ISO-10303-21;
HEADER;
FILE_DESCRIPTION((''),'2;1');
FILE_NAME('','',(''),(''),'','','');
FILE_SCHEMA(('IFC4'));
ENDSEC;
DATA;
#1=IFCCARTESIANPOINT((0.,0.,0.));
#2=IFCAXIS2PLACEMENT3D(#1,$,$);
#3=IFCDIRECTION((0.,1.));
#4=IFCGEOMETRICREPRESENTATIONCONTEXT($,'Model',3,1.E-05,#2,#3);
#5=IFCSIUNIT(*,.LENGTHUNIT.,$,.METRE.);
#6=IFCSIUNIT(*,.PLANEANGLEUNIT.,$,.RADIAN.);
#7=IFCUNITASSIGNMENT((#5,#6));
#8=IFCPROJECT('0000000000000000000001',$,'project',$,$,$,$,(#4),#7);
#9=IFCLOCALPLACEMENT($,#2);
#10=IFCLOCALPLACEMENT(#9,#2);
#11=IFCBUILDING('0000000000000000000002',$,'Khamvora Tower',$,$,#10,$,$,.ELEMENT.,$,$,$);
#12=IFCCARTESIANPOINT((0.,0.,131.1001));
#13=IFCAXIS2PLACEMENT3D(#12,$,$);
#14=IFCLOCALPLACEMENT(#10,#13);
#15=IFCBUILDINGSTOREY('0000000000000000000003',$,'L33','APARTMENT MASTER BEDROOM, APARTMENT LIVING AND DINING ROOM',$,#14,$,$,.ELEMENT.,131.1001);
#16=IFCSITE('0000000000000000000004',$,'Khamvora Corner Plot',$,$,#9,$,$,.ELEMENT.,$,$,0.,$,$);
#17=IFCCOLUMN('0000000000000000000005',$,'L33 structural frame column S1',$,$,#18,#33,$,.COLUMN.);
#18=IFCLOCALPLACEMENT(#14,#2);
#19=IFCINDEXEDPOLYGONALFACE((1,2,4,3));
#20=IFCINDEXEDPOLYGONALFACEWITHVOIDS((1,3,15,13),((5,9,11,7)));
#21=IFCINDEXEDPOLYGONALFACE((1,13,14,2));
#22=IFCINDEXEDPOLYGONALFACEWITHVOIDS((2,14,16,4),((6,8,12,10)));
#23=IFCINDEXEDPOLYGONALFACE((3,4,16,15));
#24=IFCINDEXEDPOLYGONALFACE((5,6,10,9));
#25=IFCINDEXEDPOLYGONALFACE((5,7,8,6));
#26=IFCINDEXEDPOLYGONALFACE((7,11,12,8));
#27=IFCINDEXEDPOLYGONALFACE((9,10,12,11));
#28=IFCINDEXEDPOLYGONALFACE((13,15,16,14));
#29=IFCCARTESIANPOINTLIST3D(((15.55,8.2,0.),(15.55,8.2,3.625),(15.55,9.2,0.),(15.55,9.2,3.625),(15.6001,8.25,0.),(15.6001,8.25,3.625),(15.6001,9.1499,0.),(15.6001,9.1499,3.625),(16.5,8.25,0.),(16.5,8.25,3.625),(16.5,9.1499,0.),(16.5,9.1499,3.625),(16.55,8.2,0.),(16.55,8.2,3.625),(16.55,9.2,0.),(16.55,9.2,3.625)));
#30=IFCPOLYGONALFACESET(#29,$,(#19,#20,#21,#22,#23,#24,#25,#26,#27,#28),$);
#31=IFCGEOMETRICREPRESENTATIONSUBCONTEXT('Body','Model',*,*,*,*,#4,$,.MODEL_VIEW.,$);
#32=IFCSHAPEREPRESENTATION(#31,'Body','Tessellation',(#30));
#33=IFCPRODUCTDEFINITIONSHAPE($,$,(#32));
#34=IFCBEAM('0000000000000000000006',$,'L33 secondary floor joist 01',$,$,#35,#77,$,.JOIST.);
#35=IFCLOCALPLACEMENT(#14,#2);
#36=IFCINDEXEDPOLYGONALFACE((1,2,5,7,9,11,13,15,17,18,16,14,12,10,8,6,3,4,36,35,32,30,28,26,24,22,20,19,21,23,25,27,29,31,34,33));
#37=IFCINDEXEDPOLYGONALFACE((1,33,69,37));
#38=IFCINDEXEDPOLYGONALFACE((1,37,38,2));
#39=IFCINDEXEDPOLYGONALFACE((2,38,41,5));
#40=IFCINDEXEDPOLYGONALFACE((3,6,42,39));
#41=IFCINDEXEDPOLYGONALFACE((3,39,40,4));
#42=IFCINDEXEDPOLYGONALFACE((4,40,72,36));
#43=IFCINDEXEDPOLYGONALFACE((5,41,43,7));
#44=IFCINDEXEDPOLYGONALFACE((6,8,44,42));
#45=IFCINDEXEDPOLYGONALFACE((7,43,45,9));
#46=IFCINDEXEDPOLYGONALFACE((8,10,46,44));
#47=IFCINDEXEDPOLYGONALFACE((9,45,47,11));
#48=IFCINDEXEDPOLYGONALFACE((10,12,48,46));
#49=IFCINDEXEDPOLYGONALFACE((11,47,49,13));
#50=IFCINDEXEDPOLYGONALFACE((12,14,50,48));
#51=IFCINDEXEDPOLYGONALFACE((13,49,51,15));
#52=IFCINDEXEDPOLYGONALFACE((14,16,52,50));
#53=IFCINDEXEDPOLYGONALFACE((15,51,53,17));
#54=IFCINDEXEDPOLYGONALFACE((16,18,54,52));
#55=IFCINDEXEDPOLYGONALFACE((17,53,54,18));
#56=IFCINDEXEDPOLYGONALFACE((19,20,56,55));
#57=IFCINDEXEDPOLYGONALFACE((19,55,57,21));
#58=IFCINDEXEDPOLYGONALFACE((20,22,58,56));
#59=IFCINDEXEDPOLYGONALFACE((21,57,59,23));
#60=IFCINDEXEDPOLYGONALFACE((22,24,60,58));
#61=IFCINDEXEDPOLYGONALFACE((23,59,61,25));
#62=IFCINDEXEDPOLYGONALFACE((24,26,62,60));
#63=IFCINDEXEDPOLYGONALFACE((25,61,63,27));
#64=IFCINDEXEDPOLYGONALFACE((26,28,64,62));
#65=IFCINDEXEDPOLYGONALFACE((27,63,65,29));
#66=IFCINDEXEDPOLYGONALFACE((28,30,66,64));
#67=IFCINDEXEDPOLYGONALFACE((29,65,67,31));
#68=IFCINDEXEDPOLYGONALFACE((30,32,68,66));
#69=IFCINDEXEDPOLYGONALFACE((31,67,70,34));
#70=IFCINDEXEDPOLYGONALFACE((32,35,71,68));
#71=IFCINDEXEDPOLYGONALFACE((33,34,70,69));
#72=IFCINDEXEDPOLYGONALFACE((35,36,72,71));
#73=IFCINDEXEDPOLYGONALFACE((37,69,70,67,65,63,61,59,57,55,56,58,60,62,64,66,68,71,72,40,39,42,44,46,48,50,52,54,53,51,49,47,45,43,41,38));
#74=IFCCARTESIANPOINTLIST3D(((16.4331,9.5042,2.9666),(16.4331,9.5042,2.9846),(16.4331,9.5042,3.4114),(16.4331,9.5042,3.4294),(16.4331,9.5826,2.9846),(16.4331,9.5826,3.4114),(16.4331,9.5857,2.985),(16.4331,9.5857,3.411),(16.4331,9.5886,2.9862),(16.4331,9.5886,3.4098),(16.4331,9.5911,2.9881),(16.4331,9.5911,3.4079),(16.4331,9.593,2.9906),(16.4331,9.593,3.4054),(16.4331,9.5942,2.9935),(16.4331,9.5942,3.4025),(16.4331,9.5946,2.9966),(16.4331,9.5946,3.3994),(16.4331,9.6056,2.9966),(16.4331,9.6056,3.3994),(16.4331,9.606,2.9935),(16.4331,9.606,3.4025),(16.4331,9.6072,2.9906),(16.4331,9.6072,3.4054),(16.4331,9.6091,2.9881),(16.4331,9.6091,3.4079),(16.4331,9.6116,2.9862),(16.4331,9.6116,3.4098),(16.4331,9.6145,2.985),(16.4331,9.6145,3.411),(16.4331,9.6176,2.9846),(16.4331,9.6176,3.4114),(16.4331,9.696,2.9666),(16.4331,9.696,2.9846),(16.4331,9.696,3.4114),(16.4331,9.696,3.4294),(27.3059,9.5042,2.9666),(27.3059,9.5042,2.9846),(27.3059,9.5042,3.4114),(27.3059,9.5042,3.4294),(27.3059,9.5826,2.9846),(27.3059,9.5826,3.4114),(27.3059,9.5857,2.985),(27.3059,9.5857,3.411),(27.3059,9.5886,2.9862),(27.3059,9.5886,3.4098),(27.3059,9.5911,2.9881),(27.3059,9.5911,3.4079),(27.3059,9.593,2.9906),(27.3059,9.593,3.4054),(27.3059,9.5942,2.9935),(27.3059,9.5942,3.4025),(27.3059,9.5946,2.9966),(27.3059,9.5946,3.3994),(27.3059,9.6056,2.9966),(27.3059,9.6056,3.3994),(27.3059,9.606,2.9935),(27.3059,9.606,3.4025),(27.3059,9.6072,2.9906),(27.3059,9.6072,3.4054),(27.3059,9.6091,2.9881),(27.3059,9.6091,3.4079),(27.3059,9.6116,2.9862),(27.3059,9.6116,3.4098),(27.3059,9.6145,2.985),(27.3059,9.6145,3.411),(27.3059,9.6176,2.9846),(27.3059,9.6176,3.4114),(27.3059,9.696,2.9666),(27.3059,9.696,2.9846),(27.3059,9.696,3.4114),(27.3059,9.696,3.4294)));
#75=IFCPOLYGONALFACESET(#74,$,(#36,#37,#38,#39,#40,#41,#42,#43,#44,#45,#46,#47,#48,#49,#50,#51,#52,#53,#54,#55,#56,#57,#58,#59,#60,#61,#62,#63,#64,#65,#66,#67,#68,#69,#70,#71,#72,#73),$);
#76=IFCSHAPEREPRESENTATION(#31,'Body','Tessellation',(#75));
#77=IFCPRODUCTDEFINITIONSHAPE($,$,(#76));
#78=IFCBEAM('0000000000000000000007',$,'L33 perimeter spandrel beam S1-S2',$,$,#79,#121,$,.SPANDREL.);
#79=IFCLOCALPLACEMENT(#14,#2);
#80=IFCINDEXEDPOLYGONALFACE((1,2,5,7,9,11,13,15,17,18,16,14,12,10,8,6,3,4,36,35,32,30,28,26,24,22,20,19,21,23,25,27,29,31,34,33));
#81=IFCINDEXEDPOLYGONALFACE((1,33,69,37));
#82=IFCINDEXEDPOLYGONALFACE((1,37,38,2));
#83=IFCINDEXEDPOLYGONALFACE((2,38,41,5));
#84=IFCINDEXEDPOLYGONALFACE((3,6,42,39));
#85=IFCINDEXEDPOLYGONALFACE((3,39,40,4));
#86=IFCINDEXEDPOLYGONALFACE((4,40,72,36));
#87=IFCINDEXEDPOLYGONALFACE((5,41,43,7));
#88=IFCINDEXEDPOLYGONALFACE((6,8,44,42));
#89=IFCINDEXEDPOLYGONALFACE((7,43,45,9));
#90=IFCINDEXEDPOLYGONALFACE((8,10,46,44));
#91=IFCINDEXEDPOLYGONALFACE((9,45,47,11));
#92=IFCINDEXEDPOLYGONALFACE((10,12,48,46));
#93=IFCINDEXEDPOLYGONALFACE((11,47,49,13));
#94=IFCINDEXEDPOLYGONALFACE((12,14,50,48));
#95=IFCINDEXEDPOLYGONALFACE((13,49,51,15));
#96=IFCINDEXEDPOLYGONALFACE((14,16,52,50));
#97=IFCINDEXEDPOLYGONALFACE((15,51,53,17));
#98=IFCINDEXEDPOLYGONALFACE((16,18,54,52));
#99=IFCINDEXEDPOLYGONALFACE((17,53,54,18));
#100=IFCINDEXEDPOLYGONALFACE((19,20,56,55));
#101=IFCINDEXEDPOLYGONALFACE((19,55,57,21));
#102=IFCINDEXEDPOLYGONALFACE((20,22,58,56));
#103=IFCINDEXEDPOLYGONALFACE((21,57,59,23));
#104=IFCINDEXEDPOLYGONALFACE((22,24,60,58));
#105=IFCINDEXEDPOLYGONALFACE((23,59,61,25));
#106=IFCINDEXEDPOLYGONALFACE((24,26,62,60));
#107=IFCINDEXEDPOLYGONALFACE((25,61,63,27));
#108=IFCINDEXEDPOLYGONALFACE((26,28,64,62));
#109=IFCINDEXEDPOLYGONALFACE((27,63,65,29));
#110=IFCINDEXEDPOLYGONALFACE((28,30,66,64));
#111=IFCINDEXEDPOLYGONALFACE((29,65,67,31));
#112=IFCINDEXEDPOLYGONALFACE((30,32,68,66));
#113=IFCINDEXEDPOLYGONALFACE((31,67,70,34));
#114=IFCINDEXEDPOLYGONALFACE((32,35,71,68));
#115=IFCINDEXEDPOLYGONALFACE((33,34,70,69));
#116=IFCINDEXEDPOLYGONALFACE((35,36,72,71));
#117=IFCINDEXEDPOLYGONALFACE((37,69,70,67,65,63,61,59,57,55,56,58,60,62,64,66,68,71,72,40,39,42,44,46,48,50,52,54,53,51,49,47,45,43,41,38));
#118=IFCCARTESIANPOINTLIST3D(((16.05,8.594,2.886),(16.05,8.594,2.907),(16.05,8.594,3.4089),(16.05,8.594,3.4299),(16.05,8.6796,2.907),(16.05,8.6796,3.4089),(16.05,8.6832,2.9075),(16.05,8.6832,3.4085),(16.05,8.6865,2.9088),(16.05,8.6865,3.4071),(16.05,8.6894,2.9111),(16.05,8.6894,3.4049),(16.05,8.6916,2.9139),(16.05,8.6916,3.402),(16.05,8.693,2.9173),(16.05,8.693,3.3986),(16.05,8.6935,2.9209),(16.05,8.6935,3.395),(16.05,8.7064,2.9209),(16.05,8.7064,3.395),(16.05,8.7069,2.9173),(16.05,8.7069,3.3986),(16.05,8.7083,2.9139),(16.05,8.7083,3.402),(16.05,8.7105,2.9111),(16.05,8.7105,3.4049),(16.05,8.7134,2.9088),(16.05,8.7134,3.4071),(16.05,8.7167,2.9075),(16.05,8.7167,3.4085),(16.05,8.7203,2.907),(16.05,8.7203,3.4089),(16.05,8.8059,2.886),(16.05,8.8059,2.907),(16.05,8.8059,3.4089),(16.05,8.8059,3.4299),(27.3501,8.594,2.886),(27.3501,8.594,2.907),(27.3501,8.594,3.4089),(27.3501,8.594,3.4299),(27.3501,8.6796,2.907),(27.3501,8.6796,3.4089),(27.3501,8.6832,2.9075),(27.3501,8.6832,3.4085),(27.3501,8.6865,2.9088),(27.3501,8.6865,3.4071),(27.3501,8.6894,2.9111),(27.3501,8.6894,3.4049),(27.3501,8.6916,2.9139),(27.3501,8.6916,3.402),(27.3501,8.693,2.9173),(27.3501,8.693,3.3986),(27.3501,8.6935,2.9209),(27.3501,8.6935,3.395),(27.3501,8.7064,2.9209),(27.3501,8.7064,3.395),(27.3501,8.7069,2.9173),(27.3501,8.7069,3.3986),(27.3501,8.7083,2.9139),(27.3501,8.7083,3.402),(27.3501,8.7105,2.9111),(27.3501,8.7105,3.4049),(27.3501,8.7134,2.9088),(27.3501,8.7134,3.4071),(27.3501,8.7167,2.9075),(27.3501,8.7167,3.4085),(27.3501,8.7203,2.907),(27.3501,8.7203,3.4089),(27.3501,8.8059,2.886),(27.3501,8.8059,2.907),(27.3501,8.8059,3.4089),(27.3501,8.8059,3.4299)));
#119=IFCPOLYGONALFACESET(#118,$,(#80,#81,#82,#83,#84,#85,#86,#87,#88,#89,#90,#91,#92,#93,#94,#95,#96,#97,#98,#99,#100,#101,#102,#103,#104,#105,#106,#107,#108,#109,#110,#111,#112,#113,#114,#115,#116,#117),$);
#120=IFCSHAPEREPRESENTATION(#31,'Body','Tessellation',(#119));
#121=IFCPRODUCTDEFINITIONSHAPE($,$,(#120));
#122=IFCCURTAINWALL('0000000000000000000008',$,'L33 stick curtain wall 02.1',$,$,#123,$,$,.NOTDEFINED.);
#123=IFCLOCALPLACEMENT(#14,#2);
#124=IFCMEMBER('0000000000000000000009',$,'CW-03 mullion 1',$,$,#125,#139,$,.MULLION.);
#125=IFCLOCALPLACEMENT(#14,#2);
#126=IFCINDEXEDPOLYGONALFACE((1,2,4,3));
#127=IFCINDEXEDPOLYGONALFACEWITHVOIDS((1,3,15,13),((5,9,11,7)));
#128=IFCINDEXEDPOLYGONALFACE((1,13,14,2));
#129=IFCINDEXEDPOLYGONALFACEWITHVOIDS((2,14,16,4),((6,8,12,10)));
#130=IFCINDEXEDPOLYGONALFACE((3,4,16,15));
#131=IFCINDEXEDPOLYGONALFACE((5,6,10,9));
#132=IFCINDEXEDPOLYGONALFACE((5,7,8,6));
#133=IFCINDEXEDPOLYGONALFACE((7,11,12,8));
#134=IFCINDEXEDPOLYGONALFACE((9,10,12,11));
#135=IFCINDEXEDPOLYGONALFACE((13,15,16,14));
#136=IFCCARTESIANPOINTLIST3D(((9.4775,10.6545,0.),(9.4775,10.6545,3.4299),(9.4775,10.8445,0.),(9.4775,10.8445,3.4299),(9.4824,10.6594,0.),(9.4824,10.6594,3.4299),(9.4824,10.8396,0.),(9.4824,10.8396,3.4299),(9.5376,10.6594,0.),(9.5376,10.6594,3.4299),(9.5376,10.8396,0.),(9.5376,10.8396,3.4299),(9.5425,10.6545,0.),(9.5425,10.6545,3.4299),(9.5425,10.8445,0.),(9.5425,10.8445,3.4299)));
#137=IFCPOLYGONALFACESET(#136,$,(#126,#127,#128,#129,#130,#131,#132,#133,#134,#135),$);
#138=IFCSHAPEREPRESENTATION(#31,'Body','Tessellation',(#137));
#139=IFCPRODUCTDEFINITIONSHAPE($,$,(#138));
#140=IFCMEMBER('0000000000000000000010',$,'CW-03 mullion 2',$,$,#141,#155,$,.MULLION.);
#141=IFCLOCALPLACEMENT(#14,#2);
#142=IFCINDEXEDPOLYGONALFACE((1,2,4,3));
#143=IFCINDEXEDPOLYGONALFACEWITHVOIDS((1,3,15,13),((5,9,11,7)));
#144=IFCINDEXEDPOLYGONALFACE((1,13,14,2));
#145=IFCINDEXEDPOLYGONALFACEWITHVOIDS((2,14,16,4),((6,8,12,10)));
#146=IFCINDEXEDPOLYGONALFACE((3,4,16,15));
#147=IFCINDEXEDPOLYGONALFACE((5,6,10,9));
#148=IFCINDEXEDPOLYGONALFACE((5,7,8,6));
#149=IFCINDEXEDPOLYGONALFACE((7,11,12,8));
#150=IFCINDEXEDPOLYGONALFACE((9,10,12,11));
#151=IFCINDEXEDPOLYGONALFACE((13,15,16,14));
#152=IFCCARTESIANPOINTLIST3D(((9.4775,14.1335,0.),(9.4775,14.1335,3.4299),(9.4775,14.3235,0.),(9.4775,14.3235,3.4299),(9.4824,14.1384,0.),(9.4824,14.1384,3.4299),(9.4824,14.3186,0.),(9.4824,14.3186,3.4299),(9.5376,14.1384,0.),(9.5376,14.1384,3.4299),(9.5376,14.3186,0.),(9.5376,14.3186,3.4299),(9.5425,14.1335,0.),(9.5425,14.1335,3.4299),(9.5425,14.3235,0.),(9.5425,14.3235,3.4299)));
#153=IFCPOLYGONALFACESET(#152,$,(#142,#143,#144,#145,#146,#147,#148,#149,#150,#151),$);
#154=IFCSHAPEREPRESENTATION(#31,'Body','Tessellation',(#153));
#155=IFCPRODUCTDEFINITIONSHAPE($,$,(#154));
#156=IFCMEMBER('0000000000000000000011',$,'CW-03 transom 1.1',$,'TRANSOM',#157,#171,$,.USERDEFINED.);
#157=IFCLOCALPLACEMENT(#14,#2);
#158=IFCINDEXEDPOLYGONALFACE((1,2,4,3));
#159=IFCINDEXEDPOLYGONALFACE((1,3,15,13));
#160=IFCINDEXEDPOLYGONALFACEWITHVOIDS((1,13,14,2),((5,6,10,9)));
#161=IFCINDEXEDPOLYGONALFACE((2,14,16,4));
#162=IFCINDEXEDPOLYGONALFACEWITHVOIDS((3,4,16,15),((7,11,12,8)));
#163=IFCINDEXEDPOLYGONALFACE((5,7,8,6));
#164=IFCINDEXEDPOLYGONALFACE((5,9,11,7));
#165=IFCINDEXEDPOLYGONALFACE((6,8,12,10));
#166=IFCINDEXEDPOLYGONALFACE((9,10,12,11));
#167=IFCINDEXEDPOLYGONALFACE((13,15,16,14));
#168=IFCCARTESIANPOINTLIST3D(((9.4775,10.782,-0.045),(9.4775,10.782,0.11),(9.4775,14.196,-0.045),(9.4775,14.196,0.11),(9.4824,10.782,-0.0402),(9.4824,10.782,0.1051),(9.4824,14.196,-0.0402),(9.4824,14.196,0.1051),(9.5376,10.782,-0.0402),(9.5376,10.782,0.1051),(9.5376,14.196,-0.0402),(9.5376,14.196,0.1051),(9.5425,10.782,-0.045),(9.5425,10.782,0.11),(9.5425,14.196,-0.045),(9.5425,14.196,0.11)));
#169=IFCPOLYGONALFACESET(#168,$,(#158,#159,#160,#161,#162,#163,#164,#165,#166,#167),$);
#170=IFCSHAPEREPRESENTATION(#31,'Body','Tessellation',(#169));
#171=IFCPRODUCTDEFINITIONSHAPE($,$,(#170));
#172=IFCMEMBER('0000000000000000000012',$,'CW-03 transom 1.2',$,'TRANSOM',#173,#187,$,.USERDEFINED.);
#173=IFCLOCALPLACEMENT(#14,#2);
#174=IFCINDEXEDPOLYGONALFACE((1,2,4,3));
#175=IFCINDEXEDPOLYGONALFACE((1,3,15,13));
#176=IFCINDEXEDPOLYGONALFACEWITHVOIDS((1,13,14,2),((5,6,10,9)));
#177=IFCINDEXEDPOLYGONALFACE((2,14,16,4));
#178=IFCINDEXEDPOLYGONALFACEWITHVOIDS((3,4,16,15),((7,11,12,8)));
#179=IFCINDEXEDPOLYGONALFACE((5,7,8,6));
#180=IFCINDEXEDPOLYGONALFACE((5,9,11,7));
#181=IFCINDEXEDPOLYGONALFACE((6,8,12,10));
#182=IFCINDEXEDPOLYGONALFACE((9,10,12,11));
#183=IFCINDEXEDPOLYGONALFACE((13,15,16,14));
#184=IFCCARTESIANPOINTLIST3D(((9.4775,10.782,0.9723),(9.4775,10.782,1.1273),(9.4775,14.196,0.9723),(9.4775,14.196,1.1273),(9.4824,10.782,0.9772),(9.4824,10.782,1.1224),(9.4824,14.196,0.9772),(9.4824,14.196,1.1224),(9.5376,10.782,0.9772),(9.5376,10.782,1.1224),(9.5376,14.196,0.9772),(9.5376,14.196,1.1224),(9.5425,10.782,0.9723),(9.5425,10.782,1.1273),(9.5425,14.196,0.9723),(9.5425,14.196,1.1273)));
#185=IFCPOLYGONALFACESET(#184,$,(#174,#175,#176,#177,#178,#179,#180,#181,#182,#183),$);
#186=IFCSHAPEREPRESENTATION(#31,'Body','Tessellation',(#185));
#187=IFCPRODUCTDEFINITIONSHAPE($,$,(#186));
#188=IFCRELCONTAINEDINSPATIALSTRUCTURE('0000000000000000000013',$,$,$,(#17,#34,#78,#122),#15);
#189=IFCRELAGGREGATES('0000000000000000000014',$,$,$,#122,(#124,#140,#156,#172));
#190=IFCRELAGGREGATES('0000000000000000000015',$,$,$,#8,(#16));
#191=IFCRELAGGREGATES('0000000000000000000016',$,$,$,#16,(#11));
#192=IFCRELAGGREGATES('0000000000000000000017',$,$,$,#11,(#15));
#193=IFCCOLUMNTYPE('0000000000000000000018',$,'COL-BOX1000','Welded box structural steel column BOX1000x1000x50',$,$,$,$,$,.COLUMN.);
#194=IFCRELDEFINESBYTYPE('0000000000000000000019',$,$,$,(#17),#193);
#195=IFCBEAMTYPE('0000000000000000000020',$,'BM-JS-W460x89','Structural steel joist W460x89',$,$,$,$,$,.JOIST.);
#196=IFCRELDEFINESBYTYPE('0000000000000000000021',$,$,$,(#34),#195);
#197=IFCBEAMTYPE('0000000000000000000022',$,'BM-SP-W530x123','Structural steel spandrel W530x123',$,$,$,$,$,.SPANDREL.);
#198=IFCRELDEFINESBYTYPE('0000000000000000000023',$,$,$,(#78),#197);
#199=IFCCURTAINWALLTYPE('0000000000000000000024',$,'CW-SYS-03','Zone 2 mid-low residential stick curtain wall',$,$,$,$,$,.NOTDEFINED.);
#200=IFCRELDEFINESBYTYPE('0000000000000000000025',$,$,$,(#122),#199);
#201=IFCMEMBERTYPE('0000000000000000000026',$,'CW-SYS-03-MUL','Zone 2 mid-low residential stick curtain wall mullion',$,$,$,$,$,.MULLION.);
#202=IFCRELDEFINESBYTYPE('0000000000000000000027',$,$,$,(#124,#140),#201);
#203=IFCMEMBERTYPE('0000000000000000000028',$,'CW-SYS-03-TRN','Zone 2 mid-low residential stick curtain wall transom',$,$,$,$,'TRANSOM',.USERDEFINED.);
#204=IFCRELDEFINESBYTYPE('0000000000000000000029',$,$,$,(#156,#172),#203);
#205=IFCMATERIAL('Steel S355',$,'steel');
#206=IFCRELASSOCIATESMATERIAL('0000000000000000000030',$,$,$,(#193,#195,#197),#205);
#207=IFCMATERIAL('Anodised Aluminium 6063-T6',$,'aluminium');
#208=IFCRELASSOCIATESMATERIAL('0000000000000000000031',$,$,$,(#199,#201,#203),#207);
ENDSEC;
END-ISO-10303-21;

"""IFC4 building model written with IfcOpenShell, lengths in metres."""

from ifc_helpers import new_model, si_unit, direction, frame, origin, origin_2d, place, context, subcontext, project, spatial, hollow_rectangle, i_section, extrude, material, material_profile, profile_set, type_object, element, aggregate, save


model = new_model("IFC4")

# Units and contexts
model_context = context("Model", 3, precision=1e-05, world=origin(), true_north=direction((0.0, 1.0)))
body_context = subcontext(model_context, "Body", "Model", "MODEL_VIEW")
ifc_project = project(units=[si_unit("LENGTHUNIT", "METRE"), si_unit("PLANEANGLEUNIT", "RADIAN")], contexts=[model_context])

# Site, building, storey
site_placement = place(None, origin())
site = spatial("IfcSite", under=ifc_project, at=site_placement, Name="Khamvora Corner Plot", CompositionType="ELEMENT", RefElevation=0.0)
building_placement = place(site_placement, origin())
building = spatial("IfcBuilding", under=site, at=building_placement, Name="Khamvora Tower", CompositionType="ELEMENT")
storey_placement = place(building_placement, frame((0.0, 0.0, 131.1001)))
storey = spatial("IfcBuildingStorey", under=building, at=storey_placement, Name="L33", Description="APARTMENT MASTER BEDROOM, APARTMENT LIVING AND DINING ROOM", CompositionType="ELEMENT", Elevation=131.1001)

# Column
ifc_material_1 = material(Name="Steel S355", Category="steel")
ifc_material_profile_1 = material_profile(ifc_material_1, hollow_rectangle(XDim=1.0, YDim=1.0, WallThickness=0.05, at=origin_2d()), Name="BOX1000x1000x50")
ifc_profile_set_1 = profile_set([ifc_material_profile_1], Name="Steel S355")
column_type = type_object("IfcColumnType", Name="COL-BOX1000", Description="Welded box structural steel column BOX1000x1000x50", PredefinedType="COLUMN", material=ifc_profile_set_1)
column_placement = place(storey_placement, frame((16.05, 8.7, 0.0), z_axis=(0.0, 0.0, 1.0), x_axis=(1.0, 0.0, 0.0)))
element("IfcColumn", 1, at=column_placement, inside=storey, type_object=column_type, Name="L33 structural frame column S1", PredefinedType="COLUMN", context=body_context, shape_type="SweptSolid", body=[
    extrude(hollow_rectangle(XDim=1.0, YDim=1.0, WallThickness=0.05, at=origin_2d()), origin(), (0.0, 0.0, 1.0), 3.625),
])

# Beams
ifc_material_profile_2 = material_profile(ifc_material_1, i_section(OverallWidth=0.1919, OverallDepth=0.4629, WebThickness=0.011, FlangeThickness=0.0181, FilletRadius=0.012, at=origin_2d()), Name="W460x89")
ifc_profile_set_2 = profile_set([ifc_material_profile_2], Name="Steel S355")
beam_type_1 = type_object("IfcBeamType", Name="BM-JS-W460x89", Description="Structural steel joist W460x89", PredefinedType="JOIST", material=ifc_profile_set_2)
beam_1_placement = place(storey_placement, frame((16.4331, 9.6001, 3.198), z_axis=(1.0, 0.0, 0.0), x_axis=(0.0, 1.0, 0.0)))
element("IfcBeam", 2, at=beam_1_placement, inside=storey, type_object=beam_type_1, Name="L33 secondary floor joist 01", PredefinedType="JOIST", context=body_context, shape_type="SweptSolid", body=[
    extrude(i_section(OverallWidth=0.1919, OverallDepth=0.4629, WebThickness=0.011, FlangeThickness=0.0181, FilletRadius=0.012, at=origin_2d()), origin(), (0.0, 0.0, 1.0), 10.8728),
])
ifc_material_profile_3 = material_profile(ifc_material_1, i_section(OverallWidth=0.2119, OverallDepth=0.5439, WebThickness=0.0129, FlangeThickness=0.021, FilletRadius=0.0139, at=origin_2d()), Name="W530x123")
ifc_profile_set_3 = profile_set([ifc_material_profile_3], Name="Steel S355")
beam_type_2 = type_object("IfcBeamType", Name="BM-SP-W530x123", Description="Structural steel spandrel W530x123", PredefinedType="SPANDREL", material=ifc_profile_set_3)
beam_2_placement = place(storey_placement, frame((16.05, 8.7, 3.158), z_axis=(1.0, 0.0, 0.0), x_axis=(0.0, 1.0, 0.0)))
element("IfcBeam", 3, at=beam_2_placement, inside=storey, type_object=beam_type_2, Name="L33 perimeter spandrel beam S1-S2", PredefinedType="SPANDREL", context=body_context, shape_type="SweptSolid", body=[
    extrude(i_section(OverallWidth=0.2119, OverallDepth=0.5439, WebThickness=0.0129, FlangeThickness=0.021, FilletRadius=0.0139, at=origin_2d()), origin(), (0.0, 0.0, 1.0), 11.3),
])

# Curtain wall, members
ifc_material_2 = material(Name="Anodised Aluminium 6063-T6", Category="aluminium")
curtain_wall_type = type_object("IfcCurtainWallType", Name="CW-SYS-03", Description="Zone 2 mid-low residential stick curtain wall", PredefinedType="NOTDEFINED", material=ifc_material_2)
curtain_wall_placement = place(storey_placement, origin())
curtain_wall = element("IfcCurtainWall", 4, at=curtain_wall_placement, inside=storey, type_object=curtain_wall_type, Name="L33 stick curtain wall 02.1", PredefinedType="NOTDEFINED")
ifc_material_profile_4 = material_profile(ifc_material_2, hollow_rectangle(XDim=0.0649, YDim=0.1899, WallThickness=0.0049, at=origin_2d()), Name="MUL65x190x5")
ifc_profile_set_4 = profile_set([ifc_material_profile_4], Name="Anodised Aluminium 6063-T6")
member_type_1 = type_object("IfcMemberType", Name="CW-SYS-03-MUL", Description="Zone 2 mid-low residential stick curtain wall mullion", PredefinedType="MULLION", material=ifc_profile_set_4)
member_1_placement = place(storey_placement, frame((9.51, 10.7495, 0.0), z_axis=(0.0, 0.0, 1.0), x_axis=(-1.0, 0.0, 0.0)))
member_1 = element("IfcMember", 5, at=member_1_placement, type_object=member_type_1, Name="CW-03 mullion 1", PredefinedType="MULLION", context=body_context, shape_type="SweptSolid", body=[
    extrude(hollow_rectangle(XDim=0.0649, YDim=0.1899, WallThickness=0.0049, at=origin_2d()), origin(), (0.0, 0.0, 1.0), 3.4299),
])
member_2_placement = place(storey_placement, frame((9.51, 14.2285, 0.0), z_axis=(0.0, 0.0, 1.0), x_axis=(-1.0, 0.0, 0.0)))
member_2 = element("IfcMember", 6, at=member_2_placement, type_object=member_type_1, Name="CW-03 mullion 2", PredefinedType="MULLION", context=body_context, shape_type="SweptSolid", body=[
    extrude(hollow_rectangle(XDim=0.0649, YDim=0.1899, WallThickness=0.0049, at=origin_2d()), origin(), (0.0, 0.0, 1.0), 3.4299),
])
ifc_material_profile_5 = material_profile(ifc_material_2, hollow_rectangle(XDim=0.0649, YDim=0.155, WallThickness=0.0049, at=origin_2d()), Name="TRN65x155x5")
ifc_profile_set_5 = profile_set([ifc_material_profile_5], Name="Anodised Aluminium 6063-T6")
member_type_2 = type_object("IfcMemberType", Name="CW-SYS-03-TRN", Description="Zone 2 mid-low residential stick curtain wall transom", ElementType="TRANSOM", PredefinedType="USERDEFINED", material=ifc_profile_set_5)
member_3_placement = place(storey_placement, frame((9.51, 10.782, 0.0325), z_axis=(0.0, 1.0, 0.0), x_axis=(-1.0, 0.0, 0.0)))
member_3 = element("IfcMember", 7, at=member_3_placement, type_object=member_type_2, Name="CW-03 transom 1.1", ObjectType="TRANSOM", PredefinedType="USERDEFINED", context=body_context, shape_type="SweptSolid", body=[
    extrude(hollow_rectangle(XDim=0.0649, YDim=0.155, WallThickness=0.0049, at=origin_2d()), origin(), (0.0, 0.0, 1.0), 3.4141),
])
member_4_placement = place(storey_placement, frame((9.51, 10.782, 1.0498), z_axis=(0.0, 1.0, 0.0), x_axis=(-1.0, 0.0, 0.0)))
member_4 = element("IfcMember", 8, at=member_4_placement, type_object=member_type_2, Name="CW-03 transom 1.2", ObjectType="TRANSOM", PredefinedType="USERDEFINED", context=body_context, shape_type="SweptSolid", body=[
    extrude(hollow_rectangle(XDim=0.0649, YDim=0.155, WallThickness=0.0049, at=origin_2d()), origin(), (0.0, 0.0, 1.0), 3.4141),
])
aggregate(curtain_wall, [member_1, member_2, member_3, member_4])

save(model, "model.ifc")
